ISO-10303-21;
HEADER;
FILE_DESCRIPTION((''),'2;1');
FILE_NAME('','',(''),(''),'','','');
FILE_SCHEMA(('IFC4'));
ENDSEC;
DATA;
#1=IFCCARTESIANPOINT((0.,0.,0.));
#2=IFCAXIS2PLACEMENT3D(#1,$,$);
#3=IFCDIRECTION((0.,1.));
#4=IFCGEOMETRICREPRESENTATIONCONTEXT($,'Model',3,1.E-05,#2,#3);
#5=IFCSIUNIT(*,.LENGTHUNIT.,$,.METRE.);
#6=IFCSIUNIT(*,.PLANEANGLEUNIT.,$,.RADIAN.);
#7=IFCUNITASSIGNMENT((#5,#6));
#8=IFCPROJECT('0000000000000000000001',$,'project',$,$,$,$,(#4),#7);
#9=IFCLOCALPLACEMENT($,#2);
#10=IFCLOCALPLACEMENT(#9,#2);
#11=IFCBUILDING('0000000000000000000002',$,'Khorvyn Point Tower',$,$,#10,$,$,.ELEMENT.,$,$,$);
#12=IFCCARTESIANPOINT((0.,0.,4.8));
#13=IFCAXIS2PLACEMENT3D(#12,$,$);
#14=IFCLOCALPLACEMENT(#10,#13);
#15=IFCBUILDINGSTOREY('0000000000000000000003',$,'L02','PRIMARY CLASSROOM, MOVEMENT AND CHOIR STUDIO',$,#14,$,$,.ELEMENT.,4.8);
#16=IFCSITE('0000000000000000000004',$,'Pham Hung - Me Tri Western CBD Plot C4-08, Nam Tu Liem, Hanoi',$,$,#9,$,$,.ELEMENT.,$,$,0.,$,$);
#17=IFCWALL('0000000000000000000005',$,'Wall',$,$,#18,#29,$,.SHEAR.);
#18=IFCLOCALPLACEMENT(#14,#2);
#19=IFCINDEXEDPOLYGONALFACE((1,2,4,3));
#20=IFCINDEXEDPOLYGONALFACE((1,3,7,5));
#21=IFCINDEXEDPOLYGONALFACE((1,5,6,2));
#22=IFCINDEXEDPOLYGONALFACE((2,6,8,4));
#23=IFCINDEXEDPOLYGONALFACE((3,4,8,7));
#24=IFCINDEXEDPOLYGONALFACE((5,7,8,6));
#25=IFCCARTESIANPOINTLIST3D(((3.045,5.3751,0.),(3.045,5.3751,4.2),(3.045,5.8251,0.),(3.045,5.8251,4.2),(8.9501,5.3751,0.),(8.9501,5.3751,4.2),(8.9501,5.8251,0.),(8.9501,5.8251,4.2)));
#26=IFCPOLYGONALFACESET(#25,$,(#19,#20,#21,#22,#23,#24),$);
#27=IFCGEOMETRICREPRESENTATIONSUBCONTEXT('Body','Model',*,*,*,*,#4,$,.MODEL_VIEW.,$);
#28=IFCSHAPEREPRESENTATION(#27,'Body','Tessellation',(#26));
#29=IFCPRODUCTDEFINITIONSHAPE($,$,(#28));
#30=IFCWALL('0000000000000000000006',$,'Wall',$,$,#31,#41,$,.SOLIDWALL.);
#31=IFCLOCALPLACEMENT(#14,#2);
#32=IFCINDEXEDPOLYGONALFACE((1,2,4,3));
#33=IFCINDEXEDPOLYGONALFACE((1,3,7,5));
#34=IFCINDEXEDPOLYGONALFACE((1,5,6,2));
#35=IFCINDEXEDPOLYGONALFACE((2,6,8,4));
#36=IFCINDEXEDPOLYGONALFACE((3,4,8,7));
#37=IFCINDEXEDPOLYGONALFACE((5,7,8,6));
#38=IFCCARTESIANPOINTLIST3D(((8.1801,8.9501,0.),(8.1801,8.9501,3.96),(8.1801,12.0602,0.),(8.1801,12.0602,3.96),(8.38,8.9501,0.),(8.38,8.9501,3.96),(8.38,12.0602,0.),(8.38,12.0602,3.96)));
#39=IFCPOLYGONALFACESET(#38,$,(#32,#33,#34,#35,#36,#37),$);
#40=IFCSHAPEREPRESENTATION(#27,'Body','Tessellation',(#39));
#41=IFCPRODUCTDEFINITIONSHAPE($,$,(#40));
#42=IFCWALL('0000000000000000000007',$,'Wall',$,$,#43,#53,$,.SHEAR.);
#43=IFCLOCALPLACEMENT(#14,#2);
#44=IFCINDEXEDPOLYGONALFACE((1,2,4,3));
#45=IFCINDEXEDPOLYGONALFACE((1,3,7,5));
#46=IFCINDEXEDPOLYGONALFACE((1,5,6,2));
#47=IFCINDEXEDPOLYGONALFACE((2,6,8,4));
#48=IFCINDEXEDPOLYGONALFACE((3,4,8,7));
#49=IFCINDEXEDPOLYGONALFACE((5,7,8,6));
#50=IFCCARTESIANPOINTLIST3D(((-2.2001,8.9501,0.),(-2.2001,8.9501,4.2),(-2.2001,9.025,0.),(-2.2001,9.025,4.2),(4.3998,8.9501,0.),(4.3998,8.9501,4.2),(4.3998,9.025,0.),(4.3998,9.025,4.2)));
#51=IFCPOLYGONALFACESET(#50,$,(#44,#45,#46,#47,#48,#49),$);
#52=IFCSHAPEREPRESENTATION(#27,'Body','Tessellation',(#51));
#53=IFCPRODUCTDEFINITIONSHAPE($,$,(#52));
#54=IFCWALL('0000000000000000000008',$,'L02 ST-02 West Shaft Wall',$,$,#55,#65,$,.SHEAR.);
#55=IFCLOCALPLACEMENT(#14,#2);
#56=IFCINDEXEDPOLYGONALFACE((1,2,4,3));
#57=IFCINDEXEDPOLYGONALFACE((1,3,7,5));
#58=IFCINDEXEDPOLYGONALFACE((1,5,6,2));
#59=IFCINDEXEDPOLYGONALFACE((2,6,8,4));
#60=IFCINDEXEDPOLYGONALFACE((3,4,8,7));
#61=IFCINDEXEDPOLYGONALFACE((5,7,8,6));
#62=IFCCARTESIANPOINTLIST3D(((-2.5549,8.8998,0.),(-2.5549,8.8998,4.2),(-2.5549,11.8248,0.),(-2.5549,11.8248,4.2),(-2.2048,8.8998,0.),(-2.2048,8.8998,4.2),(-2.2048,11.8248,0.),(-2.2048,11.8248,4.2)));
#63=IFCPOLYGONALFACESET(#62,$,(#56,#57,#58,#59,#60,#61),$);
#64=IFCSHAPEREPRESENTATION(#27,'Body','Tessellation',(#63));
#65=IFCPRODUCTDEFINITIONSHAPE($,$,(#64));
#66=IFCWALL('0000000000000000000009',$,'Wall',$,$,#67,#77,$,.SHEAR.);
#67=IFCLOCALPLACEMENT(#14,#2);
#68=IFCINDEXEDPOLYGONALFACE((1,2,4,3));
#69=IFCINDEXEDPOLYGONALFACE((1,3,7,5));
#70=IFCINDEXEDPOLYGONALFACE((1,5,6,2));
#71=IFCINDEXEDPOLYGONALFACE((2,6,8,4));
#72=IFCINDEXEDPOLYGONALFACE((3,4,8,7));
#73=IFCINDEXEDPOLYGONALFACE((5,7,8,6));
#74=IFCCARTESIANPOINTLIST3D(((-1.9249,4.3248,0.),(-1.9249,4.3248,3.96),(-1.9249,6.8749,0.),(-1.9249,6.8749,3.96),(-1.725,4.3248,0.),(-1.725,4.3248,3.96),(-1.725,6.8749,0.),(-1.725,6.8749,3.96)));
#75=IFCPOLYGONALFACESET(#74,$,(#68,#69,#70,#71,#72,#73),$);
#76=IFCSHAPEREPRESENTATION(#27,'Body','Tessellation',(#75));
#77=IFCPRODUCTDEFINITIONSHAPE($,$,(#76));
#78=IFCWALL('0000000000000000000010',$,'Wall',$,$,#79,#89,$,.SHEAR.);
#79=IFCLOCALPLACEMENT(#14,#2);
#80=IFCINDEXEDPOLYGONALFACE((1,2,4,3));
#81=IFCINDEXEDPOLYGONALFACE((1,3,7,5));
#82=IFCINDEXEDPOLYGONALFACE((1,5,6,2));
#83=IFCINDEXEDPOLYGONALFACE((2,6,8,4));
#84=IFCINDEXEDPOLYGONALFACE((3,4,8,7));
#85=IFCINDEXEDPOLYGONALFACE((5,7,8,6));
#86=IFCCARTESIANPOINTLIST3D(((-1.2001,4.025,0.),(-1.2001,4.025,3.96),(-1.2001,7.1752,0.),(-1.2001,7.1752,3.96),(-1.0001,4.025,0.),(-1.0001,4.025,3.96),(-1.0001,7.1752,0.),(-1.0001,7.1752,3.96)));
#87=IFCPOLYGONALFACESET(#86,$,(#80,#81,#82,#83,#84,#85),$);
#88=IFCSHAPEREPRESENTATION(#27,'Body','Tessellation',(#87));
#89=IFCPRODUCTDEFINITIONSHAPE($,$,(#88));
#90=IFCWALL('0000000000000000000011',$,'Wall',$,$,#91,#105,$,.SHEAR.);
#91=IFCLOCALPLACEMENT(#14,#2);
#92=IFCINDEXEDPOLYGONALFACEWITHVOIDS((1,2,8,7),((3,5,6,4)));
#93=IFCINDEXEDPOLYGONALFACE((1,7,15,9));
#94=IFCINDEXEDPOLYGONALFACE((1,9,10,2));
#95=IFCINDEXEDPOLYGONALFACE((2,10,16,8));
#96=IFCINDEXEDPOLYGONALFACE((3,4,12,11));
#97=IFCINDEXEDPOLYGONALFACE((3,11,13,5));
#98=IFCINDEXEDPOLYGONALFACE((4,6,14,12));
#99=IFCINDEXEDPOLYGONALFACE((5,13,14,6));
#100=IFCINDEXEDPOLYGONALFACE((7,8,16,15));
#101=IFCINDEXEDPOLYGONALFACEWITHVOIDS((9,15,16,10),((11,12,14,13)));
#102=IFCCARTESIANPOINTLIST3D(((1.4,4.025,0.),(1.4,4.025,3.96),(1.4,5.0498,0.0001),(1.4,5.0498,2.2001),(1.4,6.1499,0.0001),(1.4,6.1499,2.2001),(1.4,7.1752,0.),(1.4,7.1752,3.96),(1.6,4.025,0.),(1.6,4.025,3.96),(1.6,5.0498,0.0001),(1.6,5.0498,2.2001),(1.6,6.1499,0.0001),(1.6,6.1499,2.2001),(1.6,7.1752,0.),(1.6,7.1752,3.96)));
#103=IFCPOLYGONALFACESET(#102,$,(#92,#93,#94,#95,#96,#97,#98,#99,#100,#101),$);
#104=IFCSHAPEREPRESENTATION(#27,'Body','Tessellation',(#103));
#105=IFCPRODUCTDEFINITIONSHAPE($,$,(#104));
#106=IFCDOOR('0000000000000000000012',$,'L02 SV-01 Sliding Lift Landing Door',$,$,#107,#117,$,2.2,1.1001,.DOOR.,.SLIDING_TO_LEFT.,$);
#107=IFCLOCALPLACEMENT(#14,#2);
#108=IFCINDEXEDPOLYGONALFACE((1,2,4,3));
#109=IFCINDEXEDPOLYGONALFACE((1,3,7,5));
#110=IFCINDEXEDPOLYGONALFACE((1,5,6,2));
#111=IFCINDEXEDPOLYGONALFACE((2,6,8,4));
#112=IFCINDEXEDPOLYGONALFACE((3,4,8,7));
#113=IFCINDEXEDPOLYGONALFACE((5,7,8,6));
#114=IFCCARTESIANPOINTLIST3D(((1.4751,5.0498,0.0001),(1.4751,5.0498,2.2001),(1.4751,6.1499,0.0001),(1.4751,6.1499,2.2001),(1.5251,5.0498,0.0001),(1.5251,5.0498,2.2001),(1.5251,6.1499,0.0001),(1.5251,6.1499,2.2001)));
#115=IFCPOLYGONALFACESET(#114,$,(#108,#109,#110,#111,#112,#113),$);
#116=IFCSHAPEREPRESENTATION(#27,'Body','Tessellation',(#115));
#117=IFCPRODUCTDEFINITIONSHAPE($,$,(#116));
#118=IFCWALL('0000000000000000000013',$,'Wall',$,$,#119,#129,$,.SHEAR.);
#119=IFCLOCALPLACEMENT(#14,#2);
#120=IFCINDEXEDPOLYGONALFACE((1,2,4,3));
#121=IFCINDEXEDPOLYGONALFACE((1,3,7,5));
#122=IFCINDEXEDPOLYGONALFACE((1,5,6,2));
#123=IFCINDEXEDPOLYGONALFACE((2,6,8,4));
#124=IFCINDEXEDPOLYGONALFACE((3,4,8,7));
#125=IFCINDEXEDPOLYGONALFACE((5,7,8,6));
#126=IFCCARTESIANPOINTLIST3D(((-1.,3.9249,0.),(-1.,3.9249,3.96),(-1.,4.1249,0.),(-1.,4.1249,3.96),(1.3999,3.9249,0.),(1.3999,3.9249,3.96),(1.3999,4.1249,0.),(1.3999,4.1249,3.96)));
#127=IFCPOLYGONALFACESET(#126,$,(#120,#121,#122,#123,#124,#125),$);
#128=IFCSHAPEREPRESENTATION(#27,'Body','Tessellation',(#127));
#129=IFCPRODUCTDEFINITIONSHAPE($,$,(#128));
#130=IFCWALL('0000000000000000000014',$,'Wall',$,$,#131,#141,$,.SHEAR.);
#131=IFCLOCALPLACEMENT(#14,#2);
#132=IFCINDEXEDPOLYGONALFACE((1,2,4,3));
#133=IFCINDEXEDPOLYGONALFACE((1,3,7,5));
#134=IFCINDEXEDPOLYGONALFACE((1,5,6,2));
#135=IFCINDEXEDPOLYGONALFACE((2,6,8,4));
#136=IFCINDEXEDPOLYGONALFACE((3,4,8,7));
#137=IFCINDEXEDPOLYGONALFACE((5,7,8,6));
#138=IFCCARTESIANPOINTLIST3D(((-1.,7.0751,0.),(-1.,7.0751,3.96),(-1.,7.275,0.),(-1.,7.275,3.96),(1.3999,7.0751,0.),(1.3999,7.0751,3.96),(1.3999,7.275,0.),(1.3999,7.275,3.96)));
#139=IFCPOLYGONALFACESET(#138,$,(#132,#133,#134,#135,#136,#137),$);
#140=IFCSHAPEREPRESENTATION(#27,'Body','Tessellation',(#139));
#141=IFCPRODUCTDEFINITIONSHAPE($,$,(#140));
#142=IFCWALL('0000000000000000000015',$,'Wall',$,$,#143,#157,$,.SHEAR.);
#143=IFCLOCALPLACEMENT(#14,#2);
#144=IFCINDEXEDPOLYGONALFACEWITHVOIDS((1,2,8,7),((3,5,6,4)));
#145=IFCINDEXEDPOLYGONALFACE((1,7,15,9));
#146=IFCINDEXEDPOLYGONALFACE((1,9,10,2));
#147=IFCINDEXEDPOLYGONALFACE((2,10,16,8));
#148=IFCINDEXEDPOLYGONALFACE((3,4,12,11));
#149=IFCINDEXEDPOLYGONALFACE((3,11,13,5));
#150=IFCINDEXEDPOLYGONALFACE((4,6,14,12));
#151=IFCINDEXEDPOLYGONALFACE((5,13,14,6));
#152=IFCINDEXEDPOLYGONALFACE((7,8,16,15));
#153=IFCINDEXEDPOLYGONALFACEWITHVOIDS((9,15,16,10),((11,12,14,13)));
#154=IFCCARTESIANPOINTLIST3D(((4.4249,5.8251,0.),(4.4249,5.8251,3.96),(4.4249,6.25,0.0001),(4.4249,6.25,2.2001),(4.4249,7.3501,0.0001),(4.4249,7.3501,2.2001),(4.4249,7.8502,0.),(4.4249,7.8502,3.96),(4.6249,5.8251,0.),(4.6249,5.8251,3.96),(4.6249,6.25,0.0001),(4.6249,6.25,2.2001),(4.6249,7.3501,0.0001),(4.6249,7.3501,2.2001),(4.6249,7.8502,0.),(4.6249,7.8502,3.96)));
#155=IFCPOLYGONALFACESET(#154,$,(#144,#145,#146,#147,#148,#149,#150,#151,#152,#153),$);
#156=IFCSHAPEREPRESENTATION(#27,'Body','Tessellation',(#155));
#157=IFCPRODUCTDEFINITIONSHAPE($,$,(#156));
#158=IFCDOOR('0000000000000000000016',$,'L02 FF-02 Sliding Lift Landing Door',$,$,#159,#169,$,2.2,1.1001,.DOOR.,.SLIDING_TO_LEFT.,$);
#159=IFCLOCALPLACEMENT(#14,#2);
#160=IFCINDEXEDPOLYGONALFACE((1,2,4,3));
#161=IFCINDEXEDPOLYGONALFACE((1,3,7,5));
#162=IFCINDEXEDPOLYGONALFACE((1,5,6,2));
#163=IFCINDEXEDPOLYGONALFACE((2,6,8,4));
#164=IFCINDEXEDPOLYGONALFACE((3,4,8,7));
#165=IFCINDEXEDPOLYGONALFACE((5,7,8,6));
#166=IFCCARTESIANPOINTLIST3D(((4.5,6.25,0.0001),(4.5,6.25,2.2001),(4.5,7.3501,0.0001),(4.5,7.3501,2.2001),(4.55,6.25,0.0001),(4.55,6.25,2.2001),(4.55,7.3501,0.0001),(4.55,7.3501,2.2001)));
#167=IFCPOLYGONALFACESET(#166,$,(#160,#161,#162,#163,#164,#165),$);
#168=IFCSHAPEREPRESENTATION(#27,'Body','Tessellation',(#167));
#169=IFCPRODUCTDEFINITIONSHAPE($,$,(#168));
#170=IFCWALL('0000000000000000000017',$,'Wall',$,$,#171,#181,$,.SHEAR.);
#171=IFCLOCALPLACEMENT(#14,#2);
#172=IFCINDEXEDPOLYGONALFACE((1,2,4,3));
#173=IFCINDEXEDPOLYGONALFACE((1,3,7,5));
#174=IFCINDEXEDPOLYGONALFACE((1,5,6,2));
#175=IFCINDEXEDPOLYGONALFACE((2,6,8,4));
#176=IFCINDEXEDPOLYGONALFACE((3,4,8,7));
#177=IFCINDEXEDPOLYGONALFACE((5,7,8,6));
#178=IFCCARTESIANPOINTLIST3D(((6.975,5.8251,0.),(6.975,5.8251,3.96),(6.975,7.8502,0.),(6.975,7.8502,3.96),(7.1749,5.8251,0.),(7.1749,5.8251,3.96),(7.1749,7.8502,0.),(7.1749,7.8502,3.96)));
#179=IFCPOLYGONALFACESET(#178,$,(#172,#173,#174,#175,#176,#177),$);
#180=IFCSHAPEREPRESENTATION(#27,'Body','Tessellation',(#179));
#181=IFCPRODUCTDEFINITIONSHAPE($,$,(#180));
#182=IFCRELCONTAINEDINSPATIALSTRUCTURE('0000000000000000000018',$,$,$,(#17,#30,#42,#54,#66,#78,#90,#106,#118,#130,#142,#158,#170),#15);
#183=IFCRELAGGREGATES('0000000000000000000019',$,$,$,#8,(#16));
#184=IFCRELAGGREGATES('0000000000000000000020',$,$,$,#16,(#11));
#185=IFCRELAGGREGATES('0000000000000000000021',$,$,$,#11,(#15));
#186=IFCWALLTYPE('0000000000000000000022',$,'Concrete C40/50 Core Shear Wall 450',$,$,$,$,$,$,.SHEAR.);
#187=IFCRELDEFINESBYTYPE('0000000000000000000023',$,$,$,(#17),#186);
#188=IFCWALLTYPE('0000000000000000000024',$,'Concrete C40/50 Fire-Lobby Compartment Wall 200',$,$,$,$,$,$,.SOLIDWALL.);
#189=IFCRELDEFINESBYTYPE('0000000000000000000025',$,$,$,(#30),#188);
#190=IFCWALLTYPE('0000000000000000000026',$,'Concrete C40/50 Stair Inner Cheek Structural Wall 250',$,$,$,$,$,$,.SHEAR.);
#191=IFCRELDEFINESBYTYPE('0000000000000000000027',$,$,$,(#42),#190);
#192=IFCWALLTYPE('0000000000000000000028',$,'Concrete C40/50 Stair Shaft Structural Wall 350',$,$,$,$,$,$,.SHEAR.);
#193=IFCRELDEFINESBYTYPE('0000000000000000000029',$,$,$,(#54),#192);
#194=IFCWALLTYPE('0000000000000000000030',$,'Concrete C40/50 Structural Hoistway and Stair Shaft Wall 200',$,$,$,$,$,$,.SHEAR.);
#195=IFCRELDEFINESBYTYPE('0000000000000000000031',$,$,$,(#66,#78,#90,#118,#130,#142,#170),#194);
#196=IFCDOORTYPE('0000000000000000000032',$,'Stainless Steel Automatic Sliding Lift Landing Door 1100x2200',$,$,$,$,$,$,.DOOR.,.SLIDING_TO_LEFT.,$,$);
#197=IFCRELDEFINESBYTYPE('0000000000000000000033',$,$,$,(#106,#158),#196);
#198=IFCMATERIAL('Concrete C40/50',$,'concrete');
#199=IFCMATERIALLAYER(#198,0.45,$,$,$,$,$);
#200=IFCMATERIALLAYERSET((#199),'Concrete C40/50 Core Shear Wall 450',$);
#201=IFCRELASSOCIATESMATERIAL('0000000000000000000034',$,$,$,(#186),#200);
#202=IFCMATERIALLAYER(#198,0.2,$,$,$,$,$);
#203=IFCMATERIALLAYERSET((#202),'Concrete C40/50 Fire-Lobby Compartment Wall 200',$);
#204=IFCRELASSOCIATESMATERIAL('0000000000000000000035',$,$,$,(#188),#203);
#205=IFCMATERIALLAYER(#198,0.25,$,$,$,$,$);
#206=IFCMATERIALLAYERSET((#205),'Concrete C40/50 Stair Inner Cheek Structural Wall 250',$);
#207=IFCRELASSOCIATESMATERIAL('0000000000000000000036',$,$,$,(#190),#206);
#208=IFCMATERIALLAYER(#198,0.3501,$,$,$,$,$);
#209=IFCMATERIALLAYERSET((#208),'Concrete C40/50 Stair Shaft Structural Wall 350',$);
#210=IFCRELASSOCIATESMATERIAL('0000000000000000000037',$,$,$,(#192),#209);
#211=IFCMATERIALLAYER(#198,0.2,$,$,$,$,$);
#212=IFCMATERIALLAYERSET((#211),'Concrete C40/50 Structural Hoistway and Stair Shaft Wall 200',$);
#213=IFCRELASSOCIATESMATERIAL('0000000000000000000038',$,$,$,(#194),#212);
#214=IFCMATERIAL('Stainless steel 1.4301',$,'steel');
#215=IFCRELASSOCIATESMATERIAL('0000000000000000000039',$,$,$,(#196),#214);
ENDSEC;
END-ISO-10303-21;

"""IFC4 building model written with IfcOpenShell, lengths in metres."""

from ifc_helpers import new_model, si_unit, direction, frame, frame_2d, origin, place, context, subcontext, project, spatial, rectangle, extrude, material, layer, layer_set, type_object, element, fill, save


model = new_model("IFC4")

# Units and contexts
model_context = context("Model", 3, precision=1e-05, world=origin(), true_north=direction((0.0, 1.0)))
body_context = subcontext(model_context, "Body", "Model", "MODEL_VIEW")
ifc_project = project(units=[si_unit("LENGTHUNIT", "METRE"), si_unit("PLANEANGLEUNIT", "RADIAN")], contexts=[model_context])

# Site, building, storey
site_placement = place(None, origin())
site = spatial("IfcSite", under=ifc_project, at=site_placement, Name="Pham Hung - Me Tri Western CBD Plot C4-08, Nam Tu Liem, Hanoi", CompositionType="ELEMENT", RefElevation=0.0)
building_placement = place(site_placement, origin())
building = spatial("IfcBuilding", under=site, at=building_placement, Name="Khorvyn Point Tower", CompositionType="ELEMENT")
storey_placement = place(building_placement, frame((0.0, 0.0, 4.8)))
storey = spatial("IfcBuildingStorey", under=building, at=storey_placement, Name="L02", Description="PRIMARY CLASSROOM, MOVEMENT AND CHOIR STUDIO", CompositionType="ELEMENT", Elevation=4.8)

# Shared definitions
ifc_material_1 = material(Name="Concrete C40/50", Category="concrete")

# Walls
ifc_layer_1 = layer(ifc_material_1, 0.45)
ifc_layer_set_1 = layer_set([ifc_layer_1], Name="Concrete C40/50 Core Shear Wall 450")
wall_type_1 = type_object("IfcWallType", Name="Concrete C40/50 Core Shear Wall 450", PredefinedType="SHEAR", material=ifc_layer_set_1)
wall_1_placement = place(storey_placement, frame((3.0449, 5.6001, 0.0), z_axis=(0.0, 0.0, 1.0), x_axis=(1.0, 0.0, 0.0)))
element("IfcWall", 1, at=wall_1_placement, inside=storey, type_object=wall_type_1, Name="Wall", PredefinedType="SHEAR", context=body_context, shape_type="SweptSolid", body=[
    extrude(rectangle(XDim=5.905, YDim=0.45, at=frame_2d((2.9526, 0.0))), origin(), (0.0, 0.0, 1.0), 4.2),
])
ifc_layer_2 = layer(ifc_material_1, 0.2)
ifc_layer_set_2 = layer_set([ifc_layer_2], Name="Concrete C40/50 Fire-Lobby Compartment Wall 200")
wall_type_2 = type_object("IfcWallType", Name="Concrete C40/50 Fire-Lobby Compartment Wall 200", PredefinedType="SOLIDWALL", material=ifc_layer_set_2)
wall_2_placement = place(storey_placement, frame((8.28, 8.95, 0.0), z_axis=(0.0, 0.0, 1.0), x_axis=(0.0, 1.0, 0.0)))
element("IfcWall", 2, at=wall_2_placement, inside=storey, type_object=wall_type_2, Name="Wall", PredefinedType="SOLIDWALL", context=body_context, shape_type="SweptSolid", body=[
    extrude(rectangle(XDim=3.1101, YDim=0.2, at=frame_2d((1.5552, 0.0))), origin(), (0.0, 0.0, 1.0), 3.96),
])
ifc_layer_3 = layer(ifc_material_1, 0.25)
ifc_layer_set_3 = layer_set([ifc_layer_3], Name="Concrete C40/50 Stair Inner Cheek Structural Wall 250")
wall_type_3 = type_object("IfcWallType", Name="Concrete C40/50 Stair Inner Cheek Structural Wall 250", PredefinedType="SHEAR", material=ifc_layer_set_3)
wall_3_placement = place(storey_placement, frame((-2.2, 8.9875, 0.0), z_axis=(0.0, 0.0, 1.0), x_axis=(1.0, 0.0, 0.0)))
element("IfcWall", 3, at=wall_3_placement, inside=storey, type_object=wall_type_3, Name="Wall", PredefinedType="SHEAR", context=body_context, shape_type="SweptSolid", body=[
    extrude(rectangle(XDim=6.5999, YDim=0.075, at=frame_2d((3.2998, 0.0))), origin(), (0.0, 0.0, 1.0), 4.2),
])
ifc_layer_4 = layer(ifc_material_1, 0.3501)
ifc_layer_set_4 = layer_set([ifc_layer_4], Name="Concrete C40/50 Stair Shaft Structural Wall 350")
wall_type_4 = type_object("IfcWallType", Name="Concrete C40/50 Stair Shaft Structural Wall 350", PredefinedType="SHEAR", material=ifc_layer_set_4)
wall_4_placement = place(storey_placement, frame((-2.3799, 8.8999, 0.0), z_axis=(0.0, 0.0, 1.0), x_axis=(0.0, 1.0, 0.0)))
element("IfcWall", 4, at=wall_4_placement, inside=storey, type_object=wall_type_4, Name="L02 ST-02 West Shaft Wall", PredefinedType="SHEAR", context=body_context, shape_type="SweptSolid", body=[
    extrude(rectangle(XDim=2.925, YDim=0.3501, at=frame_2d((1.4624, 0.0))), origin(), (0.0, 0.0, 1.0), 4.2),
])
ifc_layer_5 = layer(ifc_material_1, 0.2)
ifc_layer_set_5 = layer_set([ifc_layer_5], Name="Concrete C40/50 Structural Hoistway and Stair Shaft Wall 200")
wall_type_5 = type_object("IfcWallType", Name="Concrete C40/50 Structural Hoistway and Stair Shaft Wall 200", PredefinedType="SHEAR", material=ifc_layer_set_5)
wall_5_placement = place(storey_placement, frame((-1.825, 4.325, 0.0), z_axis=(0.0, 0.0, 1.0), x_axis=(0.0, 1.0, 0.0)))
element("IfcWall", 5, at=wall_5_placement, inside=storey, type_object=wall_type_5, Name="Wall", PredefinedType="SHEAR", context=body_context, shape_type="SweptSolid", body=[
    extrude(rectangle(XDim=2.55, YDim=0.2, at=frame_2d((1.2749, 0.0))), origin(), (0.0, 0.0, 1.0), 3.96),
])
wall_6_placement = place(storey_placement, frame((-1.1001, 4.0249, 0.0), z_axis=(0.0, 0.0, 1.0), x_axis=(0.0, 1.0, 0.0)))
element("IfcWall", 6, at=wall_6_placement, inside=storey, type_object=wall_type_5, Name="Wall", PredefinedType="SHEAR", context=body_context, shape_type="SweptSolid", body=[
    extrude(rectangle(XDim=3.1501, YDim=0.2, at=frame_2d((1.5752, 0.0))), origin(), (0.0, 0.0, 1.0), 3.96),
])

# Wall, opening, door
wall_7_placement = place(storey_placement, frame((1.5, 4.0249, 0.0), z_axis=(0.0, 0.0, 1.0), x_axis=(0.0, 1.0, 0.0)))
wall_7 = element("IfcWall", 7, at=wall_7_placement, inside=storey, type_object=wall_type_5, Name="Wall", PredefinedType="SHEAR", context=body_context, shape_type="SweptSolid", body=[
    extrude(rectangle(XDim=3.1501, YDim=0.2, at=frame_2d((1.5752, 0.0))), origin(), (0.0, 0.0, 1.0), 3.96),
])
opening_1_placement = place(wall_7_placement, frame((1.0249, 0.0, 0.0)))
opening_1 = element("IfcOpeningElement", 8, at=opening_1_placement, cuts=wall_7, PredefinedType="OPENING", context=body_context, shape_type="SweptSolid", body=[
    extrude(rectangle(XDim=1.1001, YDim=2.2, at=frame_2d((0.55, 1.1001))), frame((0.0, 0.1099, 0.0), z_axis=(0.0, -1.0, 0.0), x_axis=(1.0, 0.0, 0.0)), (0.0, 0.0, 1.0), 0.22),
])
ifc_material_2 = material(Name="Stainless steel 1.4301", Category="steel")
door_type = type_object("IfcDoorType", Name="Stainless Steel Automatic Sliding Lift Landing Door 1100x2200", OperationType="SLIDING_TO_LEFT", PredefinedType="DOOR", material=ifc_material_2)
door_1_placement = place(opening_1_placement, origin())
door_1 = element("IfcDoor", 9, at=door_1_placement, inside=storey, type_object=door_type, Name="L02 SV-01 Sliding Lift Landing Door", OperationType="SLIDING_TO_LEFT", OverallHeight=2.2, OverallWidth=1.1001, PredefinedType="DOOR", context=body_context, shape_type="SweptSolid", body=[
    extrude(rectangle(XDim=1.1001, YDim=2.2, at=frame_2d((0.55, 1.1001))), frame((0.0, 0.0249, 0.0), z_axis=(0.0, -1.0, 0.0), x_axis=(1.0, 0.0, 0.0)), (0.0, 0.0, 1.0), 0.05),
])
fill(opening_1, door_1)

# Walls
for number, where, z_axis, x_axis, name in (
    (10, (-1.0, 4.0249, 0.0), (0.0, 0.0, 1.0), (1.0, 0.0, 0.0), "Wall"),
    (11, (-1.0, 7.175, 0.0), (0.0, 0.0, 1.0), (1.0, 0.0, 0.0), "Wall"),
):
    element("IfcWall", number, at=place(storey_placement, frame(where, z_axis=z_axis, x_axis=x_axis)), inside=storey, type_object=wall_type_5, Name=name, PredefinedType="SHEAR", context=body_context, shape_type="SweptSolid", body=[
        extrude(rectangle(XDim=2.3999, YDim=0.2, at=frame_2d((1.2, 0.0))), origin(), (0.0, 0.0, 1.0), 3.96),
    ])

# Wall, opening, door
wall_8_placement = place(storey_placement, frame((4.5249, 5.825, 0.0), z_axis=(0.0, 0.0, 1.0), x_axis=(0.0, 1.0, 0.0)))
wall_8 = element("IfcWall", 12, at=wall_8_placement, inside=storey, type_object=wall_type_5, Name="Wall", PredefinedType="SHEAR", context=body_context, shape_type="SweptSolid", body=[
    extrude(rectangle(XDim=2.0251, YDim=0.2, at=frame_2d((1.0127, 0.0))), origin(), (0.0, 0.0, 1.0), 3.96),
])
opening_2_placement = place(wall_8_placement, frame((0.425, 0.0, 0.0)))
opening_2 = element("IfcOpeningElement", 13, at=opening_2_placement, cuts=wall_8, PredefinedType="OPENING", context=body_context, shape_type="SweptSolid", body=[
    extrude(rectangle(XDim=1.1001, YDim=2.2, at=frame_2d((0.55, 1.1001))), frame((0.0, 0.1099, 0.0), z_axis=(0.0, -1.0, 0.0), x_axis=(1.0, 0.0, 0.0)), (0.0, 0.0, 1.0), 0.22),
])
door_2_placement = place(opening_2_placement, origin())
door_2 = element("IfcDoor", 14, at=door_2_placement, inside=storey, type_object=door_type, Name="L02 FF-02 Sliding Lift Landing Door", OperationType="SLIDING_TO_LEFT", OverallHeight=2.2, OverallWidth=1.1001, PredefinedType="DOOR", context=body_context, shape_type="SweptSolid", body=[
    extrude(rectangle(XDim=1.1001, YDim=2.2, at=frame_2d((0.55, 1.1001))), frame((0.0, 0.0249, 0.0), z_axis=(0.0, -1.0, 0.0), x_axis=(1.0, 0.0, 0.0)), (0.0, 0.0, 1.0), 0.05),
])
fill(opening_2, door_2)

# Wall
wall_9_placement = place(storey_placement, frame((7.075, 5.825, 0.0), z_axis=(0.0, 0.0, 1.0), x_axis=(0.0, 1.0, 0.0)))
element("IfcWall", 15, at=wall_9_placement, inside=storey, type_object=wall_type_5, Name="Wall", PredefinedType="SHEAR", context=body_context, shape_type="SweptSolid", body=[
    extrude(rectangle(XDim=2.0251, YDim=0.2, at=frame_2d((1.0127, 0.0))), origin(), (0.0, 0.0, 1.0), 3.96),
])

save(model, "model.ifc")
